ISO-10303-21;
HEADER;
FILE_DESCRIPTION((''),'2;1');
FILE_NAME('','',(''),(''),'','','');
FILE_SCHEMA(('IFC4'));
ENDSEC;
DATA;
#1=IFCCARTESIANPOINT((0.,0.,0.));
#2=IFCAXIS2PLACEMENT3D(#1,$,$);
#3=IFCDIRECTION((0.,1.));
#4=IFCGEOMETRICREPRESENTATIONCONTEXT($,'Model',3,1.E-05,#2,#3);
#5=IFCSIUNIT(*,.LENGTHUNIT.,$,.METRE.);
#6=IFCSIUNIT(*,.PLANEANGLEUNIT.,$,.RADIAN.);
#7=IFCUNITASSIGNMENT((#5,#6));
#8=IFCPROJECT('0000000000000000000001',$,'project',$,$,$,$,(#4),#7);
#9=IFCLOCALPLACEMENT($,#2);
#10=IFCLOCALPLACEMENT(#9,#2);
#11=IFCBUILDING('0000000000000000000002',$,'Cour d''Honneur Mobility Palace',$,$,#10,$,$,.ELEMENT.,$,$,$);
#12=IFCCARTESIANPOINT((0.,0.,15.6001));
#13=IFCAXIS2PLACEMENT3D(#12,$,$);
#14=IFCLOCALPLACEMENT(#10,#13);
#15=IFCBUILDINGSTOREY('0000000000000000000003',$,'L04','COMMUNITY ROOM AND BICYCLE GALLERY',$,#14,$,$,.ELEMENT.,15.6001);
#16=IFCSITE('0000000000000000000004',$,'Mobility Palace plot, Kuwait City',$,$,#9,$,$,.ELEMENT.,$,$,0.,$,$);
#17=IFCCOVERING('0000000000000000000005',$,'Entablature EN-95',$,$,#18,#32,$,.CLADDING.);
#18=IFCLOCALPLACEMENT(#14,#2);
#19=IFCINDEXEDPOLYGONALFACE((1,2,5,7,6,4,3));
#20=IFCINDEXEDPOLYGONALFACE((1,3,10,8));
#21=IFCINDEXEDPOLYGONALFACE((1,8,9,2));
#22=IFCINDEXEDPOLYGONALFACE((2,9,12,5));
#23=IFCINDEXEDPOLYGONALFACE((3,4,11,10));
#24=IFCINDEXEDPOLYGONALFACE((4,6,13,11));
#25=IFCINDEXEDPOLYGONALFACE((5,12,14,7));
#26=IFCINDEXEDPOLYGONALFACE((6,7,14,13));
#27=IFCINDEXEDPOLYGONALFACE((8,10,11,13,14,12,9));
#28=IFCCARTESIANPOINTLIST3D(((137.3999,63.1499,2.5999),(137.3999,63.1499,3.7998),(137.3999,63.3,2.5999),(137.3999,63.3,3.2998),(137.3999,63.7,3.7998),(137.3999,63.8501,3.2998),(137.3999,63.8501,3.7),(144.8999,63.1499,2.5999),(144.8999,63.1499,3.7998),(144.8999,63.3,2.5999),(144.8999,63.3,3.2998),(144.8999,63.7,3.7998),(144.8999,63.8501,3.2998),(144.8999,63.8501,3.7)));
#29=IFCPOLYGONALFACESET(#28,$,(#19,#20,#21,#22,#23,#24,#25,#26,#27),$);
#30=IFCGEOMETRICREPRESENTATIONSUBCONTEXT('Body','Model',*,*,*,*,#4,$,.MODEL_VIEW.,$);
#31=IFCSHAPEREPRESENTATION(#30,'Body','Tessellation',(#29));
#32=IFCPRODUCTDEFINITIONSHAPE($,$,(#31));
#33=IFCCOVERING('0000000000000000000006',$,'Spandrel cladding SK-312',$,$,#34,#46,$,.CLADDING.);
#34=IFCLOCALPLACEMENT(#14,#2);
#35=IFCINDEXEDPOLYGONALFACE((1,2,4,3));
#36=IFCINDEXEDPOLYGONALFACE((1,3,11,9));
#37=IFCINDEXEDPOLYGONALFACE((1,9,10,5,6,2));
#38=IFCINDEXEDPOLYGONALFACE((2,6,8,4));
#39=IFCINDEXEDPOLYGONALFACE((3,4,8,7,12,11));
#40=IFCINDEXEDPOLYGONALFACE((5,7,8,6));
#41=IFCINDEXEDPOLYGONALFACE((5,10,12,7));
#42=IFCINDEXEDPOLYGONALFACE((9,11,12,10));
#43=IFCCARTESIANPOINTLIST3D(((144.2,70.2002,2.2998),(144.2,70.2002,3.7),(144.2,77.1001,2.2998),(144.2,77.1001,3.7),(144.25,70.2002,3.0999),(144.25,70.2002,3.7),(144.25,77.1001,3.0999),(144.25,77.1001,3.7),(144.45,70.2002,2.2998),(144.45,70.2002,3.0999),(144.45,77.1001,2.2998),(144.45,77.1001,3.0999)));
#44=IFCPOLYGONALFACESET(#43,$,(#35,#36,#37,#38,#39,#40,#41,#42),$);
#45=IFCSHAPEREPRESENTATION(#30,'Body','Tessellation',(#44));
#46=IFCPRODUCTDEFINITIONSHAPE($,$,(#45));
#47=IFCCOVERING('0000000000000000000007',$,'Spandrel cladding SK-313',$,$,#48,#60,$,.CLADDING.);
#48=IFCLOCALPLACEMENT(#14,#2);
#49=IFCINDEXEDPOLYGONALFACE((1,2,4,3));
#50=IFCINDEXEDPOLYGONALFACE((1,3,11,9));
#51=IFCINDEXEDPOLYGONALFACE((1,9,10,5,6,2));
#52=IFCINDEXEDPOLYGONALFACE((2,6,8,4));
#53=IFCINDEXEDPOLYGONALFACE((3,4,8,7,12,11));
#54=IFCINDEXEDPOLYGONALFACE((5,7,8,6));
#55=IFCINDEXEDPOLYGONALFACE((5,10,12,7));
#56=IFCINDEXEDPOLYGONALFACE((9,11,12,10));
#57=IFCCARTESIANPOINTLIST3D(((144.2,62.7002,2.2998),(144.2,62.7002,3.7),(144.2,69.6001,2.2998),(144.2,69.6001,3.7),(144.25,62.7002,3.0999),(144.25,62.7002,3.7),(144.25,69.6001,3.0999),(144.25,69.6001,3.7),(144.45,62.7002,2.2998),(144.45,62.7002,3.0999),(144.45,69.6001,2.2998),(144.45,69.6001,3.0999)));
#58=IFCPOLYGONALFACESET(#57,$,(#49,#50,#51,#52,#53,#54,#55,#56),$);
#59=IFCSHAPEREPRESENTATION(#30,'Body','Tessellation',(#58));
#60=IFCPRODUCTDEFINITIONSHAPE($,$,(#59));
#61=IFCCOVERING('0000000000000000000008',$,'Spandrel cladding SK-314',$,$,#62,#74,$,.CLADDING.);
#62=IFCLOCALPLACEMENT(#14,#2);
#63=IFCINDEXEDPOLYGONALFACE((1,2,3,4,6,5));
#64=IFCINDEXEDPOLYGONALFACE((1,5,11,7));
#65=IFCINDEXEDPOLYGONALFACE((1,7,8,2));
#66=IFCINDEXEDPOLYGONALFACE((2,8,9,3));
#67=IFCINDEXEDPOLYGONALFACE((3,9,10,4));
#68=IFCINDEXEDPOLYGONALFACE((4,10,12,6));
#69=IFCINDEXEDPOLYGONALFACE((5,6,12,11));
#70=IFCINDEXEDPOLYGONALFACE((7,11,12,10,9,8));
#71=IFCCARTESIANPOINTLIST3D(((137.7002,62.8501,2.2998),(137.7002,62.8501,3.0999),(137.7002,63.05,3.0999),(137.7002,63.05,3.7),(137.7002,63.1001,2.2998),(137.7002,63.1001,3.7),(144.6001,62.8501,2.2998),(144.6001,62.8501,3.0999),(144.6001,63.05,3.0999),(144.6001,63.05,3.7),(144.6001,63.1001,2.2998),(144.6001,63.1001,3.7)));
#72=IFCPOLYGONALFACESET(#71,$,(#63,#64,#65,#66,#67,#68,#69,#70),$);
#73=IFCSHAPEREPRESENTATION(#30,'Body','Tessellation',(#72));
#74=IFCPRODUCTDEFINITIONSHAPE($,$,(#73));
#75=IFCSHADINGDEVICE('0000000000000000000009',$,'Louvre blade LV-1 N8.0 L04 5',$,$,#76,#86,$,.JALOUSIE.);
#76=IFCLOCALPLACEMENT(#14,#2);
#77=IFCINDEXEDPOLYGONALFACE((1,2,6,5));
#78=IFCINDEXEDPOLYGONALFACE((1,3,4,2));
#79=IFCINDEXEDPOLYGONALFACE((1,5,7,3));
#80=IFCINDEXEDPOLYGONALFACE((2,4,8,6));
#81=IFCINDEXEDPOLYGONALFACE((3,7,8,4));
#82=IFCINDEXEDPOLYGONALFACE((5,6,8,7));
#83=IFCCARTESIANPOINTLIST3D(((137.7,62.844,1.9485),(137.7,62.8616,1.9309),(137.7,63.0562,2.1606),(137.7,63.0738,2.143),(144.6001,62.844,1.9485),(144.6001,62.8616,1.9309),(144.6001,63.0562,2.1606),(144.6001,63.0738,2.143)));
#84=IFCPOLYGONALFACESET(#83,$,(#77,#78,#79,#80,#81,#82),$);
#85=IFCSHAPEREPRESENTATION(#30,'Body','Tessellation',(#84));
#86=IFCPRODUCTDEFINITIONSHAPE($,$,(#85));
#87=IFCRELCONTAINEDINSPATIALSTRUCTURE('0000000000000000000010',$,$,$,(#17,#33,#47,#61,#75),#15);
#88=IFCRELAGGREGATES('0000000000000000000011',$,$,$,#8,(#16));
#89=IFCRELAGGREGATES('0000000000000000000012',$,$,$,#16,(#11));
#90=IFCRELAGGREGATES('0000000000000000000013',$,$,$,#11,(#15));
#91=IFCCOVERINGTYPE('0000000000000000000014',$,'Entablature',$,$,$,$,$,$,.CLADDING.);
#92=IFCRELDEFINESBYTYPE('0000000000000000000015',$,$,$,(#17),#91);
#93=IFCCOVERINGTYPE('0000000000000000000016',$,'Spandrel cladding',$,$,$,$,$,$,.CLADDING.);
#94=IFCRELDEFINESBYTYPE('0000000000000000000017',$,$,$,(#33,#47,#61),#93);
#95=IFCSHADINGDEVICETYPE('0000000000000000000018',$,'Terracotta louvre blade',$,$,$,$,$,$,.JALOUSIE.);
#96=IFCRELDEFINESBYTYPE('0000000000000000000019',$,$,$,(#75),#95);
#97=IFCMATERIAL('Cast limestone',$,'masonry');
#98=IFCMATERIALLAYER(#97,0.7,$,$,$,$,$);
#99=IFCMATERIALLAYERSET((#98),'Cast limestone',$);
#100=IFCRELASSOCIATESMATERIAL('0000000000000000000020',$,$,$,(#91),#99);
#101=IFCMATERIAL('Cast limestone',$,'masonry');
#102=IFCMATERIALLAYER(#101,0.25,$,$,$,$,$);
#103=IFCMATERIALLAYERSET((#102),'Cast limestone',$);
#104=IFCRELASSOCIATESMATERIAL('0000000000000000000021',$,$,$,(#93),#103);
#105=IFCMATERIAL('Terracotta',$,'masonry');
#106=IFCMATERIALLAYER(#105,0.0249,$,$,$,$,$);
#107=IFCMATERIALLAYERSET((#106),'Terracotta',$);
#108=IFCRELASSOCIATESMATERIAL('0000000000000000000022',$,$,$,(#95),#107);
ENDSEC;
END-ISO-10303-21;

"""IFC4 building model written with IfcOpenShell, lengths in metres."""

from ifc_helpers import new_model, si_unit, direction, frame, origin, place, context, subcontext, project, spatial, polyline, outline, extrude, material, layer, layer_set, type_object, element, save


model = new_model("IFC4")

# Units and contexts
model_context = context("Model", 3, precision=1e-05, world=origin(), true_north=direction((0.0, 1.0)))
body_context = subcontext(model_context, "Body", "Model", "MODEL_VIEW")
ifc_project = project(units=[si_unit("LENGTHUNIT", "METRE"), si_unit("PLANEANGLEUNIT", "RADIAN")], contexts=[model_context])

# Site, building, storey
site_placement = place(None, origin())
site = spatial("IfcSite", under=ifc_project, at=site_placement, Name="Mobility Palace plot, Kuwait City", CompositionType="ELEMENT", RefElevation=0.0)
building_placement = place(site_placement, origin())
building = spatial("IfcBuilding", under=site, at=building_placement, Name="Cour d'Honneur Mobility Palace", CompositionType="ELEMENT")
storey_placement = place(building_placement, frame((0.0, 0.0, 15.6001)))
storey = spatial("IfcBuildingStorey", under=building, at=storey_placement, Name="L04", Description="COMMUNITY ROOM AND BICYCLE GALLERY", CompositionType="ELEMENT", Elevation=15.6001)

# Coverings
ifc_material_1 = material(Name="Cast limestone", Category="masonry")
ifc_layer_1 = layer(ifc_material_1, 0.7)
ifc_layer_set_1 = layer_set([ifc_layer_1], Name="Cast limestone")
covering_type_1 = type_object("IfcCoveringType", Name="Entablature", PredefinedType="CLADDING", material=ifc_layer_set_1)
covering_placement = place(storey_placement, frame((144.8999, 63.1499, 2.5999), z_axis=(1.0, 0.0, 0.0), x_axis=(0.0, 1.0, 0.0)))
element("IfcCovering", 1, at=covering_placement, inside=storey, type_object=covering_type_1, Name="Entablature EN-95", PredefinedType="CLADDING", context=body_context, shape_type="SweptSolid", body=[
    extrude(outline(polyline([(0.0, 0.0), (0.1501, 0.0), (0.1501, 0.7), (0.7002, 0.7), (0.7002, 1.1001), (0.55, 1.2), (0.0, 1.2), (0.0, 0.0)])), origin(), (0.0, 0.0, -1.0), 7.5),
])
ifc_material_2 = material(Name="Cast limestone", Category="masonry")
ifc_layer_2 = layer(ifc_material_2, 0.25)
ifc_layer_set_2 = layer_set([ifc_layer_2], Name="Cast limestone")
covering_type_2 = type_object("IfcCoveringType", Name="Spandrel cladding", PredefinedType="CLADDING", material=ifc_layer_set_2)
for number, where, z_axis, x_axis, name in (
    (2, (144.45, 77.1001, 2.2998), (0.0, 1.0, 0.0), (-1.0, 0.0, 0.0), "Spandrel cladding SK-312"),
    (3, (144.45, 69.6001, 2.2998), (0.0, 1.0, 0.0), (-1.0, 0.0, 0.0), "Spandrel cladding SK-313"),
    (4, (144.6001, 62.8501, 2.2998), (1.0, 0.0, 0.0), (0.0, 1.0, 0.0), "Spandrel cladding SK-314"),
):
    element("IfcCovering", number, at=place(storey_placement, frame(where, z_axis=z_axis, x_axis=x_axis)), inside=storey, type_object=covering_type_2, Name=name, PredefinedType="CLADDING", context=body_context, shape_type="SweptSolid", body=[
        extrude(outline(polyline([(0.0, 0.0), (0.25, 0.0), (0.25, 1.4001), (0.2, 1.4001), (0.2, 0.8), (0.0, 0.8), (0.0, 0.0)])), origin(), (0.0, 0.0, -1.0), 6.8999),
    ])

# Shading device
ifc_material_3 = material(Name="Terracotta", Category="masonry")
ifc_layer_3 = layer(ifc_material_3, 0.0249)
ifc_layer_set_3 = layer_set([ifc_layer_3], Name="Terracotta")
shading_device_type = type_object("IfcShadingDeviceType", Name="Terracotta louvre blade", PredefinedType="JALOUSIE", material=ifc_layer_set_3)
shading_device_placement = place(storey_placement, frame((144.6001, 62.844, 1.9485), z_axis=(0.0, -0.707107, 0.707107), x_axis=(-1.0, 0.0, 0.0)))
element("IfcShadingDevice", 5, at=shading_device_placement, inside=storey, type_object=shading_device_type, Name="Louvre blade LV-1 N8.0 L04 5", PredefinedType="JALOUSIE", context=body_context, shape_type="SweptSolid", body=[
    extrude(outline(polyline([(0.0, 0.0), (6.9001, 0.0), (6.9001, -0.3), (0.0, -0.3), (0.0, 0.0)])), origin(), (0.0, 0.0, -1.0), 0.0249),
])

save(model, "model.ifc")
